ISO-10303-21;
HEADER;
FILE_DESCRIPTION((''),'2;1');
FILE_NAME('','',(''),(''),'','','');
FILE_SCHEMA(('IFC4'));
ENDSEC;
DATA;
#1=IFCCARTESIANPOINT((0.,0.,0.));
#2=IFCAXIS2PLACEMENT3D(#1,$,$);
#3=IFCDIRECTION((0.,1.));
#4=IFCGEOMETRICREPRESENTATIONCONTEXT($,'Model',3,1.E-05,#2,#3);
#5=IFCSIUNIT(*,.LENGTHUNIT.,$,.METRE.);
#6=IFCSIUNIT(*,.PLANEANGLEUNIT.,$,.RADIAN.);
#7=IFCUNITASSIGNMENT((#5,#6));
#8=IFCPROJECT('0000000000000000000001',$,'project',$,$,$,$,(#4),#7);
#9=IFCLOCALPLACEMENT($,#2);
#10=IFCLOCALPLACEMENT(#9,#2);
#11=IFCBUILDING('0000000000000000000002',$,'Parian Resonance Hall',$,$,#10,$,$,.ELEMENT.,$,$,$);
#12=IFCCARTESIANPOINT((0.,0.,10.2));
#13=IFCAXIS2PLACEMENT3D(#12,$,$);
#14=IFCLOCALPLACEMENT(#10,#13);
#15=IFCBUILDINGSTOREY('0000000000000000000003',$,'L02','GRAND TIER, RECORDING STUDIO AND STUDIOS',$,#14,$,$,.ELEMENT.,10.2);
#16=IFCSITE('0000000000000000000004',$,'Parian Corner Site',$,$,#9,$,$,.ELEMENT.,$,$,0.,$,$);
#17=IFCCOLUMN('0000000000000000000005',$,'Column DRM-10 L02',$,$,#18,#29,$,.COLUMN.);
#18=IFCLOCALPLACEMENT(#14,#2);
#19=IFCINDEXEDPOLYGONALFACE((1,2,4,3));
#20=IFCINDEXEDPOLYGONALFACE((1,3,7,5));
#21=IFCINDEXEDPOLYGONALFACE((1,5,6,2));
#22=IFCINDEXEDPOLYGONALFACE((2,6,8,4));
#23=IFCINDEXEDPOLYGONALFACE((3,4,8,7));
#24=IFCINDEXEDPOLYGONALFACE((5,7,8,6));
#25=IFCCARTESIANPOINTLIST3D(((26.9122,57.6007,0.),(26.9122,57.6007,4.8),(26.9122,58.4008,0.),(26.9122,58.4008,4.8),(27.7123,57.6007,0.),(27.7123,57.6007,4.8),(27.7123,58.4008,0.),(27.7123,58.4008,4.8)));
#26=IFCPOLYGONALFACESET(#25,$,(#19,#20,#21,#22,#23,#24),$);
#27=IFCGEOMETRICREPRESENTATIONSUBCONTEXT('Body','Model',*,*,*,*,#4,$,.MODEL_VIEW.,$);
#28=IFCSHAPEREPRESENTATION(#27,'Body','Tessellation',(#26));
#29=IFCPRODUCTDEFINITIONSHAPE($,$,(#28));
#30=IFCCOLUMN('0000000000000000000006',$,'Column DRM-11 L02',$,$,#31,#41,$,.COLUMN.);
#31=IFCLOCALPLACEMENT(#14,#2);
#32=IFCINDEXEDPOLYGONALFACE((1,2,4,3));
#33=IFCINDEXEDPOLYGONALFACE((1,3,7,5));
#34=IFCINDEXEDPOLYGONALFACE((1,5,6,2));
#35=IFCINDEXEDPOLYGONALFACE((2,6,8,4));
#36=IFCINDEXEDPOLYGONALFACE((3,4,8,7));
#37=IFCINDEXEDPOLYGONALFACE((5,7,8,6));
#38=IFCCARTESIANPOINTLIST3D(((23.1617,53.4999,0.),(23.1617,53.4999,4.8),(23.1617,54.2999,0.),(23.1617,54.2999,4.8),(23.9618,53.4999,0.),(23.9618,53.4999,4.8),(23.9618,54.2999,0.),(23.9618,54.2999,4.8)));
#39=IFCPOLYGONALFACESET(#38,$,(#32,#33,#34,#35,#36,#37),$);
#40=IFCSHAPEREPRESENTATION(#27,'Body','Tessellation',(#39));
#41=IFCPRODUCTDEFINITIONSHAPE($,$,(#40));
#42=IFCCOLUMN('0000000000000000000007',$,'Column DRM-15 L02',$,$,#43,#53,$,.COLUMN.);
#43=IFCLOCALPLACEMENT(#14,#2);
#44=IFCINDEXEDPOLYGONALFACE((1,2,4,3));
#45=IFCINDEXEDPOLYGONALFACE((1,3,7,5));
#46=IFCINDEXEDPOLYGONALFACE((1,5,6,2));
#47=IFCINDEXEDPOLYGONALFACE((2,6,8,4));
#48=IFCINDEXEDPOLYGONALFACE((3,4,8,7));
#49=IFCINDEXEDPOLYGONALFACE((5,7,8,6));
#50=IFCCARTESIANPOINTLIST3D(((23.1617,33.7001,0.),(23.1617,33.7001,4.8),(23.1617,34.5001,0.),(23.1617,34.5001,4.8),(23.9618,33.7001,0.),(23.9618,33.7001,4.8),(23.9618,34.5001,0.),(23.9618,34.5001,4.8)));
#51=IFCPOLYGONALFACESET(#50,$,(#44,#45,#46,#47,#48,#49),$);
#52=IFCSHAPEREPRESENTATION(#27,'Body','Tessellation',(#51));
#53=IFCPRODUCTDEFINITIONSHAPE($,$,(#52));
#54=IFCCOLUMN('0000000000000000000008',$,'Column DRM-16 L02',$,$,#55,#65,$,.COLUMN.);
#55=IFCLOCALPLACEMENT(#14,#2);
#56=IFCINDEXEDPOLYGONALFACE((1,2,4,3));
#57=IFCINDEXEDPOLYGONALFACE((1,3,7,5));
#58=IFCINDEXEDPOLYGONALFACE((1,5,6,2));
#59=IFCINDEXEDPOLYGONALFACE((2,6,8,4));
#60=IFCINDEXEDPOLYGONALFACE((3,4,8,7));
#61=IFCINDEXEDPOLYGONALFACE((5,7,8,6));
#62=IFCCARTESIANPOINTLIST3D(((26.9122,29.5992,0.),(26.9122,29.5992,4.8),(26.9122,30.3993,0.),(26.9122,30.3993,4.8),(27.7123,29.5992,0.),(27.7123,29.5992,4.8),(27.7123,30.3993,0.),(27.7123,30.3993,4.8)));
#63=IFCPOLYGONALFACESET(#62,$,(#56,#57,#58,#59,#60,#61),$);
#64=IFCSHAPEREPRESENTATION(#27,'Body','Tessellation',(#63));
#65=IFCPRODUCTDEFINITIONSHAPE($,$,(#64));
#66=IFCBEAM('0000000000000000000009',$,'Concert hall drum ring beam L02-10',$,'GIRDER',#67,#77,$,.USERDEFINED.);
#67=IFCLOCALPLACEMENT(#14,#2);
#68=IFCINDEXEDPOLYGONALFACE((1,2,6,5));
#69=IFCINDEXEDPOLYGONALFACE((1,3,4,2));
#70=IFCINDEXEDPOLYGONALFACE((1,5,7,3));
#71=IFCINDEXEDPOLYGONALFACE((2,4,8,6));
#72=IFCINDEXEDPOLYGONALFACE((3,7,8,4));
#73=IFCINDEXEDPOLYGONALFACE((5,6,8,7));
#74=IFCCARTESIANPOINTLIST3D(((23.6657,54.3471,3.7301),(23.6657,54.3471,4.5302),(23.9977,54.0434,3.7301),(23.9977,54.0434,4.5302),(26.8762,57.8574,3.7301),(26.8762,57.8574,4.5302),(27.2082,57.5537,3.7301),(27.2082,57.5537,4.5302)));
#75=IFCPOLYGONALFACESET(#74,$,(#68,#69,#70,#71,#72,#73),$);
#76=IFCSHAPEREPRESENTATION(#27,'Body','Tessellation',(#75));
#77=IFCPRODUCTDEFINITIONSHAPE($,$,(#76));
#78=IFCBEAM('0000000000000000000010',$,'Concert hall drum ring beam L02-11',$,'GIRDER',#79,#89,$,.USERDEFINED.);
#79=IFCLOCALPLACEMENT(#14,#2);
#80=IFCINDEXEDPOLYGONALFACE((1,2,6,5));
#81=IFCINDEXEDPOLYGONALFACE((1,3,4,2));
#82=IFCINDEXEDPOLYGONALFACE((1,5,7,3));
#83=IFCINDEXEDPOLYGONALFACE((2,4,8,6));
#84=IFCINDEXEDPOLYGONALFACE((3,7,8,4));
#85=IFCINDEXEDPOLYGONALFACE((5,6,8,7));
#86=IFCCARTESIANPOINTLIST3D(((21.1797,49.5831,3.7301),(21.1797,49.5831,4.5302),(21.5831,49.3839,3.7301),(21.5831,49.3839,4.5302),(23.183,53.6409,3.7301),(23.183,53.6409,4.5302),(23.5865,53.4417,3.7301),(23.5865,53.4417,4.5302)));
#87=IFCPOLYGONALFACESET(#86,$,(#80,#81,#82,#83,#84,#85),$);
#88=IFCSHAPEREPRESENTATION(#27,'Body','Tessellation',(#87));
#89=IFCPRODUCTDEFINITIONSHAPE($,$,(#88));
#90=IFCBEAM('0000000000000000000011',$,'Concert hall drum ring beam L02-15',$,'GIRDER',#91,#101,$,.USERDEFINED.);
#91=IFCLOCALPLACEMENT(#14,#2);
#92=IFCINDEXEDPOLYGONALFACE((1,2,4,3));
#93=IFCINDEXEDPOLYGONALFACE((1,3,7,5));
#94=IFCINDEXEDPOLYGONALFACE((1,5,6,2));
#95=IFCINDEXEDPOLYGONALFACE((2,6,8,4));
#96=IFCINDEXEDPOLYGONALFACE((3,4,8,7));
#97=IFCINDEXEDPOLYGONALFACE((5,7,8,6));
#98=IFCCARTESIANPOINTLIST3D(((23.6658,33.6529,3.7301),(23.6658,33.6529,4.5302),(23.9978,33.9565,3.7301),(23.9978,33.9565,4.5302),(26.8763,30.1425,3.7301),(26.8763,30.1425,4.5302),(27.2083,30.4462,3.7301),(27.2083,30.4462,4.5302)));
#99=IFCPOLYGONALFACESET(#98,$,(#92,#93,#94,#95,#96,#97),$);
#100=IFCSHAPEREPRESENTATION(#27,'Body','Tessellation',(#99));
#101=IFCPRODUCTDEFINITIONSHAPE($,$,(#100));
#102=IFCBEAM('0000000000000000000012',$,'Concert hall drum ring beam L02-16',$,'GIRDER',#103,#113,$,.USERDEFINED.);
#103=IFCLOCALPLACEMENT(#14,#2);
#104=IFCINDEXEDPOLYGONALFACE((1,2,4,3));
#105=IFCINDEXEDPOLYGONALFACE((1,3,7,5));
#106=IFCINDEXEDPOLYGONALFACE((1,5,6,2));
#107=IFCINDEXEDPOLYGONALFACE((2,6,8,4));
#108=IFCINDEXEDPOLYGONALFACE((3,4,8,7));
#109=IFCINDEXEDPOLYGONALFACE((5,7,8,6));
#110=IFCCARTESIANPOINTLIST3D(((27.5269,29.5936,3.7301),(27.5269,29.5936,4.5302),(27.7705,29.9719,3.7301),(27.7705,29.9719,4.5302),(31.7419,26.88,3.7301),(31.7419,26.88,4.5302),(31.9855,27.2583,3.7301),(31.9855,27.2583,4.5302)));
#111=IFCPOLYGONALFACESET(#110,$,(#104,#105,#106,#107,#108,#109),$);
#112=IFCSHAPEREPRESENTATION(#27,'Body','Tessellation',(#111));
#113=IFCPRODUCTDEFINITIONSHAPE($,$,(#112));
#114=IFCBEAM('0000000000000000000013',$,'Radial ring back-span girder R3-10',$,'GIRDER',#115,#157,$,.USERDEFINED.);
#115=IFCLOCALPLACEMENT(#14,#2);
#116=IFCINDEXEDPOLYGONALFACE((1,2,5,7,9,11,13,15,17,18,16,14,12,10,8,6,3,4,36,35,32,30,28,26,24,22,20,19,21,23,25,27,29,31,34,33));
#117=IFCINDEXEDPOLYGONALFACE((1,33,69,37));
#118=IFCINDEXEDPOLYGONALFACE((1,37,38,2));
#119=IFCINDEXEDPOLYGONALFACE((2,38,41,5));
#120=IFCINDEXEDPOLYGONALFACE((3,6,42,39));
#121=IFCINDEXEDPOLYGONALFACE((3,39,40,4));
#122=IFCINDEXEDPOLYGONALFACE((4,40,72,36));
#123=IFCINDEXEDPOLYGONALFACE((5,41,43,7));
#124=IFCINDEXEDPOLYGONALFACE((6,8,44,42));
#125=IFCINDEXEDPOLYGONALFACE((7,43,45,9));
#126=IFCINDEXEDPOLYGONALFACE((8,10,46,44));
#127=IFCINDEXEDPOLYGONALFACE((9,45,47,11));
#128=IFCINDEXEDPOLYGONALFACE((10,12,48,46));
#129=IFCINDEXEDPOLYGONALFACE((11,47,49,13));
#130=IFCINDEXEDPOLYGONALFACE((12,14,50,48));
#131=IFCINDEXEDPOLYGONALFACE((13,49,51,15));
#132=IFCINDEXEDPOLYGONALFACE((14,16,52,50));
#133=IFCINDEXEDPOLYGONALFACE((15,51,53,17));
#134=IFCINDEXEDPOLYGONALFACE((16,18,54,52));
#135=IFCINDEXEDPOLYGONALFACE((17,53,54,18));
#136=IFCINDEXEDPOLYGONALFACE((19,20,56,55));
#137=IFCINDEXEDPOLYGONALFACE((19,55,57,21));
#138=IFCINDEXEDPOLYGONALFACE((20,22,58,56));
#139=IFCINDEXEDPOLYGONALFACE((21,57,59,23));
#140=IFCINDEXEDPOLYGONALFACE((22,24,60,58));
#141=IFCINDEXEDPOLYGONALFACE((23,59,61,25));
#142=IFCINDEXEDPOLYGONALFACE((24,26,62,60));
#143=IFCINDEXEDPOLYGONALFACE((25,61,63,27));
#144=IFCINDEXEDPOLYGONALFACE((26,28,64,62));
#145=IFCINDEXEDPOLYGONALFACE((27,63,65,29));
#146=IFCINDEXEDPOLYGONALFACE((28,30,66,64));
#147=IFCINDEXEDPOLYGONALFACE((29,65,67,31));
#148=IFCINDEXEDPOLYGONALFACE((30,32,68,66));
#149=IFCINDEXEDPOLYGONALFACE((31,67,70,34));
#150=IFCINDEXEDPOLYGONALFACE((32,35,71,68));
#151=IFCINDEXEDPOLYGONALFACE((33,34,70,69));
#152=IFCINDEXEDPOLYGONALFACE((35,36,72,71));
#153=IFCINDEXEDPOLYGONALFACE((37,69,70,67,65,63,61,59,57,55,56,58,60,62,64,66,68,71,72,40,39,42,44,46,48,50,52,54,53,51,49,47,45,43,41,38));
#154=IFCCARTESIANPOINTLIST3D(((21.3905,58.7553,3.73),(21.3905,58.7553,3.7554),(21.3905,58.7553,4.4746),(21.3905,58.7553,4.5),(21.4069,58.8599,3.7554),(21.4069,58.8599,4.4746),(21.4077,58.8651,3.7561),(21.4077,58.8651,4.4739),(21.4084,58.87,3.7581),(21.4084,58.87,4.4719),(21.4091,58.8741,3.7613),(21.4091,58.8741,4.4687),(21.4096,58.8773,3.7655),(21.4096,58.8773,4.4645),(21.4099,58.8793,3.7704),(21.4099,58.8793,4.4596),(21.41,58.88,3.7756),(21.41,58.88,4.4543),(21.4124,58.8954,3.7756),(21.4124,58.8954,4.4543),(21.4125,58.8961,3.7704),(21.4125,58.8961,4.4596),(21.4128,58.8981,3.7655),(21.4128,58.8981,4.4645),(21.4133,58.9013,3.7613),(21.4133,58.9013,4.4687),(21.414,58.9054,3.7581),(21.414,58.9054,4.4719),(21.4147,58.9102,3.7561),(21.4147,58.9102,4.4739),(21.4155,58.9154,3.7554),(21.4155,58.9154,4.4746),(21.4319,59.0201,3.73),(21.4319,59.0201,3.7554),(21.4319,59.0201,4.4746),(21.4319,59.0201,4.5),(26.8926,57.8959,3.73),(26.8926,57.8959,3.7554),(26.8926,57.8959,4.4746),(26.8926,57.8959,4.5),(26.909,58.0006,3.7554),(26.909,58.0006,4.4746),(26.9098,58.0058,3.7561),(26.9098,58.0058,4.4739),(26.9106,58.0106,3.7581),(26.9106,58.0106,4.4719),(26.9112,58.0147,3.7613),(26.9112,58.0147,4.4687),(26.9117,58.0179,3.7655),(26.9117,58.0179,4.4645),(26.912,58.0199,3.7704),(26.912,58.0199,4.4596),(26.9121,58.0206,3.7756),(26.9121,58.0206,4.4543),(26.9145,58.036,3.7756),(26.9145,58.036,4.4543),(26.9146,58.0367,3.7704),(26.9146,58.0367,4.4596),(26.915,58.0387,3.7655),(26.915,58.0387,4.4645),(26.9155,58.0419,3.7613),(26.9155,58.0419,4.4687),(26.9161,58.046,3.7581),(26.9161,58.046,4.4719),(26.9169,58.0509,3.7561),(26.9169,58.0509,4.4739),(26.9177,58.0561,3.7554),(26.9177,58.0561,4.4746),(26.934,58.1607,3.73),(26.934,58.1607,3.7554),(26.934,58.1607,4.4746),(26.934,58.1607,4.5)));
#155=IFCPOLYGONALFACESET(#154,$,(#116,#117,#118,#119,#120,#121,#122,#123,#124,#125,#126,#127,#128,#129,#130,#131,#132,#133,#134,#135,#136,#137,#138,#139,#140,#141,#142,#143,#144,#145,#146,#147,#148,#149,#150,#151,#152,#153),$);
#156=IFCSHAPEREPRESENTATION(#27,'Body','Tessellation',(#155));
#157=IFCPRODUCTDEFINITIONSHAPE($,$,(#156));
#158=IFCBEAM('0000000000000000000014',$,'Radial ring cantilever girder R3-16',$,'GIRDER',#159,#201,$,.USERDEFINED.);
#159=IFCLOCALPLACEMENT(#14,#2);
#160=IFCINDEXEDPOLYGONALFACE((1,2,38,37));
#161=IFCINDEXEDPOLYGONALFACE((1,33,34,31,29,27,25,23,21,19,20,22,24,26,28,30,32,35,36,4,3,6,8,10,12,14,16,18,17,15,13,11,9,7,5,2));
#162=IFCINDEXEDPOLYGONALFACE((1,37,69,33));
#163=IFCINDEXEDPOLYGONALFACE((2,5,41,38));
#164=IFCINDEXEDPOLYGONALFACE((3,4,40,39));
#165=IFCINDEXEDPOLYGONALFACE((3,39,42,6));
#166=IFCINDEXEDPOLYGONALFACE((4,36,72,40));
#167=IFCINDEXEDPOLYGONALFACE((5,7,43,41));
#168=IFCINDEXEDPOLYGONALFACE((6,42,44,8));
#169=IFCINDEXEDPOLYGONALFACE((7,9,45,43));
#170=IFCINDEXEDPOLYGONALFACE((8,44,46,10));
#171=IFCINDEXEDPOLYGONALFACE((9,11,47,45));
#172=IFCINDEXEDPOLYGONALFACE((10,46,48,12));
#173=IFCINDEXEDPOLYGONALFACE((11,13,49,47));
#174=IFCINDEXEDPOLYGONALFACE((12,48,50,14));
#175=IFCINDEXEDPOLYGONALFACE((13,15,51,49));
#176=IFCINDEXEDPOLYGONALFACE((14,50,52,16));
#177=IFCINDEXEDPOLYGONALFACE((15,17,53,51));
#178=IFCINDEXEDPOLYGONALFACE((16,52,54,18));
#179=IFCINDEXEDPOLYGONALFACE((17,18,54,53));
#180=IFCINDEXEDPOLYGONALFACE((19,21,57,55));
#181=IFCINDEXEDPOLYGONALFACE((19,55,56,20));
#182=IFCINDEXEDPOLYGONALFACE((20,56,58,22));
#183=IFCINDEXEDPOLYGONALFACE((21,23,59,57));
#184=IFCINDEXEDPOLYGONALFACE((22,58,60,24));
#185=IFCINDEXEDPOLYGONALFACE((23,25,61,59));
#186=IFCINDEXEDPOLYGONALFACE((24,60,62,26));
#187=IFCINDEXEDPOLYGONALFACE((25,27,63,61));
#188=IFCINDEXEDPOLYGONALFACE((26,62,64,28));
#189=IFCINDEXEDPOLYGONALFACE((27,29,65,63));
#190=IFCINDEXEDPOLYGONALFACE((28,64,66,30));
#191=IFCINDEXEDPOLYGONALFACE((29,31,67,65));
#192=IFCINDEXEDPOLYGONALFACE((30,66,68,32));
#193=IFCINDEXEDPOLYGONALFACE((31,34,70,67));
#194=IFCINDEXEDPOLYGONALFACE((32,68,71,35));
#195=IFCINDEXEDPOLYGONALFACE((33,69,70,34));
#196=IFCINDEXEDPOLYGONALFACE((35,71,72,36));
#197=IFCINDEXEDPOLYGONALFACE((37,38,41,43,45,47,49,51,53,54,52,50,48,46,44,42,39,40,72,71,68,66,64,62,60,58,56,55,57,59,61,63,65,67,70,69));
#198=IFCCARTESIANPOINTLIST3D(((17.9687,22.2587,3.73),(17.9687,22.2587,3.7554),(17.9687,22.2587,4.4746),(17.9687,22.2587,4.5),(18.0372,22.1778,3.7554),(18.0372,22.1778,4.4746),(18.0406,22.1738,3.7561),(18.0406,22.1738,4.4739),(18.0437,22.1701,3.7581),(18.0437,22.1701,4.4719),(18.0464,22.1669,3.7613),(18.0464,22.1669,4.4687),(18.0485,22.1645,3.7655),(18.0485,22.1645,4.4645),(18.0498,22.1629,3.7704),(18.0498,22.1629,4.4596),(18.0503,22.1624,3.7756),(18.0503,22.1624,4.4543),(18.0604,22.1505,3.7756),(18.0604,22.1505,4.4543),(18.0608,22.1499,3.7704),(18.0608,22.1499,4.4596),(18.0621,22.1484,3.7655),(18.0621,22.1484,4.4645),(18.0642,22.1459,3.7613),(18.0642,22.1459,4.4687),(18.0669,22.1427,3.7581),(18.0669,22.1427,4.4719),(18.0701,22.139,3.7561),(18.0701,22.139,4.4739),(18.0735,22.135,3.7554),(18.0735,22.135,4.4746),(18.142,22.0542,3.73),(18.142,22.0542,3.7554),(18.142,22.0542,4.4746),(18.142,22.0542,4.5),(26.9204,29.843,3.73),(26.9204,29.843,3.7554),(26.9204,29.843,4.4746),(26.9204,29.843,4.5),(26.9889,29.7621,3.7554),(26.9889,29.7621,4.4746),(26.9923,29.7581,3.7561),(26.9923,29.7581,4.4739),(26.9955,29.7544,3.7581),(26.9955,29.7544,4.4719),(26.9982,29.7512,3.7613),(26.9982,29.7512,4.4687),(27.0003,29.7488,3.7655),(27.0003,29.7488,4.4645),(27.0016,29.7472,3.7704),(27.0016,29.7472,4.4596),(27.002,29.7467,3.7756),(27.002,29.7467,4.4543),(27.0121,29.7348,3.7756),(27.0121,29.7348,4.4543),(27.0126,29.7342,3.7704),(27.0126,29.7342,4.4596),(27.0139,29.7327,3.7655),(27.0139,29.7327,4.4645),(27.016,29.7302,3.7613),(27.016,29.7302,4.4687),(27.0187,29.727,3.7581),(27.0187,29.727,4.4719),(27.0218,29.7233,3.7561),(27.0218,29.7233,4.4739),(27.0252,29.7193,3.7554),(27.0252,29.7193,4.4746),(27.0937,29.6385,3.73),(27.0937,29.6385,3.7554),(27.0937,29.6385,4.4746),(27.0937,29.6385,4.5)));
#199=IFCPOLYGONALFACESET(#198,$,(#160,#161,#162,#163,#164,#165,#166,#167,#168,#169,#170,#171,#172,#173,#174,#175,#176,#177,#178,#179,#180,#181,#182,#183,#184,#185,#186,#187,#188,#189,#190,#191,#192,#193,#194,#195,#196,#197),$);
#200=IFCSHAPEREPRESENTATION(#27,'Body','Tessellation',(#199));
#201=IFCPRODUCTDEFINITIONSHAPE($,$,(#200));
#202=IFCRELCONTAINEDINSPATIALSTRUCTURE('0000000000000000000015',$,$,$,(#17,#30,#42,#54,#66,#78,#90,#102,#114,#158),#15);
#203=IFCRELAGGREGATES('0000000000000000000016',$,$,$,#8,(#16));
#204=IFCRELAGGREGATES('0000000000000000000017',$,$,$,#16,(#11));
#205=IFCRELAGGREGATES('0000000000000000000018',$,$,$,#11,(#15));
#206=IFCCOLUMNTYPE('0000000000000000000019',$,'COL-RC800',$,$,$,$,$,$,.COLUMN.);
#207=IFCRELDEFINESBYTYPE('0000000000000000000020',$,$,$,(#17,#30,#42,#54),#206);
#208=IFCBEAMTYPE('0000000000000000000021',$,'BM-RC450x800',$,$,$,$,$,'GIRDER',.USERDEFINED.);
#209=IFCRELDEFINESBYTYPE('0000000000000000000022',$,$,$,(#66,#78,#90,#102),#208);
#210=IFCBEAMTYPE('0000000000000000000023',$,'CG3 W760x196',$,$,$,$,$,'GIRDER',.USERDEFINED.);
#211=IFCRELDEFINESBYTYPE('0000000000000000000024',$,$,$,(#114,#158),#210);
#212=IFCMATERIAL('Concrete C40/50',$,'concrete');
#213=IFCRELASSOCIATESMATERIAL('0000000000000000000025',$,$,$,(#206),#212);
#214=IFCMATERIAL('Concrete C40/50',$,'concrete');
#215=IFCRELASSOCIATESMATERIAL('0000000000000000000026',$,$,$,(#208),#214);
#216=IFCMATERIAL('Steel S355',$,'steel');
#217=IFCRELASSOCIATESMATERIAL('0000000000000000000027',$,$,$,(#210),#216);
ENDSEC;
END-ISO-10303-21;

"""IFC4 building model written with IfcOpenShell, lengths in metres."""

from ifc_helpers import new_model, si_unit, direction, frame, origin, origin_2d, place, context, subcontext, project, spatial, rectangle, i_section, extrude, material, material_profile, profile_set, type_object, element, save


model = new_model("IFC4")

# Units and contexts
model_context = context("Model", 3, precision=1e-05, world=origin(), true_north=direction((0.0, 1.0)))
body_context = subcontext(model_context, "Body", "Model", "MODEL_VIEW")
ifc_project = project(units=[si_unit("LENGTHUNIT", "METRE"), si_unit("PLANEANGLEUNIT", "RADIAN")], contexts=[model_context])

# Site, building, storey
site_placement = place(None, origin())
site = spatial("IfcSite", under=ifc_project, at=site_placement, Name="Parian Corner Site", CompositionType="ELEMENT", RefElevation=0.0)
building_placement = place(site_placement, origin())
building = spatial("IfcBuilding", under=site, at=building_placement, Name="Parian Resonance Hall", CompositionType="ELEMENT")
storey_placement = place(building_placement, frame((0.0, 0.0, 10.2)))
storey = spatial("IfcBuildingStorey", under=building, at=storey_placement, Name="L02", Description="GRAND TIER, RECORDING STUDIO AND STUDIOS", CompositionType="ELEMENT", Elevation=10.2)

# Columns
ifc_material_1 = material(Name="Concrete C40/50", Category="concrete")
ifc_material_profile_1 = material_profile(ifc_material_1, rectangle(XDim=0.8, YDim=0.8, at=origin_2d()), Name="RC-COL-800x800")
ifc_profile_set_1 = profile_set([ifc_material_profile_1], Name="Concrete C40/50")
column_type = type_object("IfcColumnType", Name="COL-RC800", PredefinedType="COLUMN", material=ifc_profile_set_1)
for number, where, z_axis, x_axis, name in (
    (1, (27.3123, 58.0007, 0.0), (0.0, 0.0, 1.0), (1.0, 0.0, 0.0), "Column DRM-10 L02"),
    (2, (23.5618, 53.8999, 0.0), (0.0, 0.0, 1.0), (1.0, 0.0, 0.0), "Column DRM-11 L02"),
    (3, (23.5618, 34.1001, 0.0), (0.0, 0.0, 1.0), (1.0, 0.0, 0.0), "Column DRM-15 L02"),
    (4, (27.3123, 29.9993, 0.0), (0.0, 0.0, 1.0), (1.0, 0.0, 0.0), "Column DRM-16 L02"),
):
    element("IfcColumn", number, at=place(storey_placement, frame(where, z_axis=z_axis, x_axis=x_axis)), inside=storey, type_object=column_type, Name=name, PredefinedType="COLUMN", context=body_context, shape_type="SweptSolid", body=[
        extrude(rectangle(XDim=0.8, YDim=0.8, at=origin_2d()), origin(), (0.0, 0.0, 1.0), 4.8),
    ])

# Beams
ifc_material_2 = material(Name="Concrete C40/50", Category="concrete")
ifc_material_profile_2 = material_profile(ifc_material_2, rectangle(XDim=0.45, YDim=0.8, at=origin_2d()), Name="RC-BM-450x800")
ifc_profile_set_2 = profile_set([ifc_material_profile_2], Name="Concrete C40/50")
beam_type_1 = type_object("IfcBeamType", Name="BM-RC450x800", ElementType="GIRDER", PredefinedType="USERDEFINED", material=ifc_profile_set_2)
beam_1_placement = place(storey_placement, frame((27.0422, 57.7056, 4.1301), z_axis=(-0.674892, -0.737916, 0.0), x_axis=(0.737916, -0.674892, 0.0)))
element("IfcBeam", 5, at=beam_1_placement, inside=storey, type_object=beam_type_1, Name="Concert hall drum ring beam L02-10", ObjectType="GIRDER", PredefinedType="USERDEFINED", context=body_context, shape_type="SweptSolid", body=[
    extrude(rectangle(XDim=0.45, YDim=0.8, at=origin_2d()), origin(), (0.0, 0.0, 1.0), 4.7571),
])
beam_2_placement = place(storey_placement, frame((23.3848, 53.5413, 4.1301), z_axis=(-0.442698, -0.896671, 0.0), x_axis=(0.896671, -0.442698, 0.0)))
element("IfcBeam", 6, at=beam_2_placement, inside=storey, type_object=beam_type_1, Name="Concert hall drum ring beam L02-11", ObjectType="GIRDER", PredefinedType="USERDEFINED", context=body_context, shape_type="SweptSolid", body=[
    extrude(rectangle(XDim=0.45, YDim=0.8, at=origin_2d()), origin(), (0.0, 0.0, 1.0), 4.5254),
])
beam_3_placement = place(storey_placement, frame((23.8318, 33.8047, 4.1301), z_axis=(0.674892, -0.737916, 0.0), x_axis=(0.737916, 0.674892, 0.0)))
element("IfcBeam", 7, at=beam_3_placement, inside=storey, type_object=beam_type_1, Name="Concert hall drum ring beam L02-15", ObjectType="GIRDER", PredefinedType="USERDEFINED", context=body_context, shape_type="SweptSolid", body=[
    extrude(rectangle(XDim=0.45, YDim=0.8, at=origin_2d()), origin(), (0.0, 0.0, 1.0), 4.7571),
])
beam_4_placement = place(storey_placement, frame((27.6487, 29.7827, 4.1301), z_axis=(0.840822, -0.541311, 0.0), x_axis=(0.541311, 0.840822, 0.0)))
element("IfcBeam", 8, at=beam_4_placement, inside=storey, type_object=beam_type_1, Name="Concert hall drum ring beam L02-16", ObjectType="GIRDER", PredefinedType="USERDEFINED", context=body_context, shape_type="SweptSolid", body=[
    extrude(rectangle(XDim=0.45, YDim=0.8, at=origin_2d()), origin(), (0.0, 0.0, 1.0), 5.0129),
])
ifc_material_3 = material(Name="Steel S355", Category="steel")
ifc_material_profile_3 = material_profile(ifc_material_3, i_section(OverallWidth=0.2681, OverallDepth=0.77, WebThickness=0.0156, FlangeThickness=0.0254, FilletRadius=0.0203, at=origin_2d()), Name="W760x196")
ifc_profile_set_3 = profile_set([ifc_material_profile_3], Name="Steel S355")
beam_type_2 = type_object("IfcBeamType", Name="CG3 W760x196", ElementType="GIRDER", PredefinedType="USERDEFINED", material=ifc_profile_set_3)
beam_5_placement = place(storey_placement, frame((26.9133, 58.0283, 4.115), z_axis=(-0.988021, 0.154317, 0.0), x_axis=(-0.154317, -0.988021, 0.0)))
element("IfcBeam", 9, at=beam_5_placement, inside=storey, type_object=beam_type_2, Name="Radial ring back-span girder R3-10", ObjectType="GIRDER", PredefinedType="USERDEFINED", context=body_context, shape_type="SweptSolid", body=[
    extrude(i_section(OverallWidth=0.2681, OverallDepth=0.77, WebThickness=0.0156, FlangeThickness=0.0254, FilletRadius=0.0203, at=origin_2d()), origin(), (0.0, 0.0, 1.0), 5.5688),
])
beam_6_placement = place(storey_placement, frame((27.0071, 29.7407, 4.115), z_axis=(-0.762976, -0.646426, 0.0), x_axis=(0.646426, -0.762976, 0.0)))
element("IfcBeam", 10, at=beam_6_placement, inside=storey, type_object=beam_type_2, Name="Radial ring cantilever girder R3-16", ObjectType="GIRDER", PredefinedType="USERDEFINED", context=body_context, shape_type="SweptSolid", body=[
    extrude(i_section(OverallWidth=0.2681, OverallDepth=0.77, WebThickness=0.0156, FlangeThickness=0.0254, FilletRadius=0.0203, at=origin_2d()), origin(), (0.0, 0.0, 1.0), 11.7327),
])

save(model, "model.ifc")
